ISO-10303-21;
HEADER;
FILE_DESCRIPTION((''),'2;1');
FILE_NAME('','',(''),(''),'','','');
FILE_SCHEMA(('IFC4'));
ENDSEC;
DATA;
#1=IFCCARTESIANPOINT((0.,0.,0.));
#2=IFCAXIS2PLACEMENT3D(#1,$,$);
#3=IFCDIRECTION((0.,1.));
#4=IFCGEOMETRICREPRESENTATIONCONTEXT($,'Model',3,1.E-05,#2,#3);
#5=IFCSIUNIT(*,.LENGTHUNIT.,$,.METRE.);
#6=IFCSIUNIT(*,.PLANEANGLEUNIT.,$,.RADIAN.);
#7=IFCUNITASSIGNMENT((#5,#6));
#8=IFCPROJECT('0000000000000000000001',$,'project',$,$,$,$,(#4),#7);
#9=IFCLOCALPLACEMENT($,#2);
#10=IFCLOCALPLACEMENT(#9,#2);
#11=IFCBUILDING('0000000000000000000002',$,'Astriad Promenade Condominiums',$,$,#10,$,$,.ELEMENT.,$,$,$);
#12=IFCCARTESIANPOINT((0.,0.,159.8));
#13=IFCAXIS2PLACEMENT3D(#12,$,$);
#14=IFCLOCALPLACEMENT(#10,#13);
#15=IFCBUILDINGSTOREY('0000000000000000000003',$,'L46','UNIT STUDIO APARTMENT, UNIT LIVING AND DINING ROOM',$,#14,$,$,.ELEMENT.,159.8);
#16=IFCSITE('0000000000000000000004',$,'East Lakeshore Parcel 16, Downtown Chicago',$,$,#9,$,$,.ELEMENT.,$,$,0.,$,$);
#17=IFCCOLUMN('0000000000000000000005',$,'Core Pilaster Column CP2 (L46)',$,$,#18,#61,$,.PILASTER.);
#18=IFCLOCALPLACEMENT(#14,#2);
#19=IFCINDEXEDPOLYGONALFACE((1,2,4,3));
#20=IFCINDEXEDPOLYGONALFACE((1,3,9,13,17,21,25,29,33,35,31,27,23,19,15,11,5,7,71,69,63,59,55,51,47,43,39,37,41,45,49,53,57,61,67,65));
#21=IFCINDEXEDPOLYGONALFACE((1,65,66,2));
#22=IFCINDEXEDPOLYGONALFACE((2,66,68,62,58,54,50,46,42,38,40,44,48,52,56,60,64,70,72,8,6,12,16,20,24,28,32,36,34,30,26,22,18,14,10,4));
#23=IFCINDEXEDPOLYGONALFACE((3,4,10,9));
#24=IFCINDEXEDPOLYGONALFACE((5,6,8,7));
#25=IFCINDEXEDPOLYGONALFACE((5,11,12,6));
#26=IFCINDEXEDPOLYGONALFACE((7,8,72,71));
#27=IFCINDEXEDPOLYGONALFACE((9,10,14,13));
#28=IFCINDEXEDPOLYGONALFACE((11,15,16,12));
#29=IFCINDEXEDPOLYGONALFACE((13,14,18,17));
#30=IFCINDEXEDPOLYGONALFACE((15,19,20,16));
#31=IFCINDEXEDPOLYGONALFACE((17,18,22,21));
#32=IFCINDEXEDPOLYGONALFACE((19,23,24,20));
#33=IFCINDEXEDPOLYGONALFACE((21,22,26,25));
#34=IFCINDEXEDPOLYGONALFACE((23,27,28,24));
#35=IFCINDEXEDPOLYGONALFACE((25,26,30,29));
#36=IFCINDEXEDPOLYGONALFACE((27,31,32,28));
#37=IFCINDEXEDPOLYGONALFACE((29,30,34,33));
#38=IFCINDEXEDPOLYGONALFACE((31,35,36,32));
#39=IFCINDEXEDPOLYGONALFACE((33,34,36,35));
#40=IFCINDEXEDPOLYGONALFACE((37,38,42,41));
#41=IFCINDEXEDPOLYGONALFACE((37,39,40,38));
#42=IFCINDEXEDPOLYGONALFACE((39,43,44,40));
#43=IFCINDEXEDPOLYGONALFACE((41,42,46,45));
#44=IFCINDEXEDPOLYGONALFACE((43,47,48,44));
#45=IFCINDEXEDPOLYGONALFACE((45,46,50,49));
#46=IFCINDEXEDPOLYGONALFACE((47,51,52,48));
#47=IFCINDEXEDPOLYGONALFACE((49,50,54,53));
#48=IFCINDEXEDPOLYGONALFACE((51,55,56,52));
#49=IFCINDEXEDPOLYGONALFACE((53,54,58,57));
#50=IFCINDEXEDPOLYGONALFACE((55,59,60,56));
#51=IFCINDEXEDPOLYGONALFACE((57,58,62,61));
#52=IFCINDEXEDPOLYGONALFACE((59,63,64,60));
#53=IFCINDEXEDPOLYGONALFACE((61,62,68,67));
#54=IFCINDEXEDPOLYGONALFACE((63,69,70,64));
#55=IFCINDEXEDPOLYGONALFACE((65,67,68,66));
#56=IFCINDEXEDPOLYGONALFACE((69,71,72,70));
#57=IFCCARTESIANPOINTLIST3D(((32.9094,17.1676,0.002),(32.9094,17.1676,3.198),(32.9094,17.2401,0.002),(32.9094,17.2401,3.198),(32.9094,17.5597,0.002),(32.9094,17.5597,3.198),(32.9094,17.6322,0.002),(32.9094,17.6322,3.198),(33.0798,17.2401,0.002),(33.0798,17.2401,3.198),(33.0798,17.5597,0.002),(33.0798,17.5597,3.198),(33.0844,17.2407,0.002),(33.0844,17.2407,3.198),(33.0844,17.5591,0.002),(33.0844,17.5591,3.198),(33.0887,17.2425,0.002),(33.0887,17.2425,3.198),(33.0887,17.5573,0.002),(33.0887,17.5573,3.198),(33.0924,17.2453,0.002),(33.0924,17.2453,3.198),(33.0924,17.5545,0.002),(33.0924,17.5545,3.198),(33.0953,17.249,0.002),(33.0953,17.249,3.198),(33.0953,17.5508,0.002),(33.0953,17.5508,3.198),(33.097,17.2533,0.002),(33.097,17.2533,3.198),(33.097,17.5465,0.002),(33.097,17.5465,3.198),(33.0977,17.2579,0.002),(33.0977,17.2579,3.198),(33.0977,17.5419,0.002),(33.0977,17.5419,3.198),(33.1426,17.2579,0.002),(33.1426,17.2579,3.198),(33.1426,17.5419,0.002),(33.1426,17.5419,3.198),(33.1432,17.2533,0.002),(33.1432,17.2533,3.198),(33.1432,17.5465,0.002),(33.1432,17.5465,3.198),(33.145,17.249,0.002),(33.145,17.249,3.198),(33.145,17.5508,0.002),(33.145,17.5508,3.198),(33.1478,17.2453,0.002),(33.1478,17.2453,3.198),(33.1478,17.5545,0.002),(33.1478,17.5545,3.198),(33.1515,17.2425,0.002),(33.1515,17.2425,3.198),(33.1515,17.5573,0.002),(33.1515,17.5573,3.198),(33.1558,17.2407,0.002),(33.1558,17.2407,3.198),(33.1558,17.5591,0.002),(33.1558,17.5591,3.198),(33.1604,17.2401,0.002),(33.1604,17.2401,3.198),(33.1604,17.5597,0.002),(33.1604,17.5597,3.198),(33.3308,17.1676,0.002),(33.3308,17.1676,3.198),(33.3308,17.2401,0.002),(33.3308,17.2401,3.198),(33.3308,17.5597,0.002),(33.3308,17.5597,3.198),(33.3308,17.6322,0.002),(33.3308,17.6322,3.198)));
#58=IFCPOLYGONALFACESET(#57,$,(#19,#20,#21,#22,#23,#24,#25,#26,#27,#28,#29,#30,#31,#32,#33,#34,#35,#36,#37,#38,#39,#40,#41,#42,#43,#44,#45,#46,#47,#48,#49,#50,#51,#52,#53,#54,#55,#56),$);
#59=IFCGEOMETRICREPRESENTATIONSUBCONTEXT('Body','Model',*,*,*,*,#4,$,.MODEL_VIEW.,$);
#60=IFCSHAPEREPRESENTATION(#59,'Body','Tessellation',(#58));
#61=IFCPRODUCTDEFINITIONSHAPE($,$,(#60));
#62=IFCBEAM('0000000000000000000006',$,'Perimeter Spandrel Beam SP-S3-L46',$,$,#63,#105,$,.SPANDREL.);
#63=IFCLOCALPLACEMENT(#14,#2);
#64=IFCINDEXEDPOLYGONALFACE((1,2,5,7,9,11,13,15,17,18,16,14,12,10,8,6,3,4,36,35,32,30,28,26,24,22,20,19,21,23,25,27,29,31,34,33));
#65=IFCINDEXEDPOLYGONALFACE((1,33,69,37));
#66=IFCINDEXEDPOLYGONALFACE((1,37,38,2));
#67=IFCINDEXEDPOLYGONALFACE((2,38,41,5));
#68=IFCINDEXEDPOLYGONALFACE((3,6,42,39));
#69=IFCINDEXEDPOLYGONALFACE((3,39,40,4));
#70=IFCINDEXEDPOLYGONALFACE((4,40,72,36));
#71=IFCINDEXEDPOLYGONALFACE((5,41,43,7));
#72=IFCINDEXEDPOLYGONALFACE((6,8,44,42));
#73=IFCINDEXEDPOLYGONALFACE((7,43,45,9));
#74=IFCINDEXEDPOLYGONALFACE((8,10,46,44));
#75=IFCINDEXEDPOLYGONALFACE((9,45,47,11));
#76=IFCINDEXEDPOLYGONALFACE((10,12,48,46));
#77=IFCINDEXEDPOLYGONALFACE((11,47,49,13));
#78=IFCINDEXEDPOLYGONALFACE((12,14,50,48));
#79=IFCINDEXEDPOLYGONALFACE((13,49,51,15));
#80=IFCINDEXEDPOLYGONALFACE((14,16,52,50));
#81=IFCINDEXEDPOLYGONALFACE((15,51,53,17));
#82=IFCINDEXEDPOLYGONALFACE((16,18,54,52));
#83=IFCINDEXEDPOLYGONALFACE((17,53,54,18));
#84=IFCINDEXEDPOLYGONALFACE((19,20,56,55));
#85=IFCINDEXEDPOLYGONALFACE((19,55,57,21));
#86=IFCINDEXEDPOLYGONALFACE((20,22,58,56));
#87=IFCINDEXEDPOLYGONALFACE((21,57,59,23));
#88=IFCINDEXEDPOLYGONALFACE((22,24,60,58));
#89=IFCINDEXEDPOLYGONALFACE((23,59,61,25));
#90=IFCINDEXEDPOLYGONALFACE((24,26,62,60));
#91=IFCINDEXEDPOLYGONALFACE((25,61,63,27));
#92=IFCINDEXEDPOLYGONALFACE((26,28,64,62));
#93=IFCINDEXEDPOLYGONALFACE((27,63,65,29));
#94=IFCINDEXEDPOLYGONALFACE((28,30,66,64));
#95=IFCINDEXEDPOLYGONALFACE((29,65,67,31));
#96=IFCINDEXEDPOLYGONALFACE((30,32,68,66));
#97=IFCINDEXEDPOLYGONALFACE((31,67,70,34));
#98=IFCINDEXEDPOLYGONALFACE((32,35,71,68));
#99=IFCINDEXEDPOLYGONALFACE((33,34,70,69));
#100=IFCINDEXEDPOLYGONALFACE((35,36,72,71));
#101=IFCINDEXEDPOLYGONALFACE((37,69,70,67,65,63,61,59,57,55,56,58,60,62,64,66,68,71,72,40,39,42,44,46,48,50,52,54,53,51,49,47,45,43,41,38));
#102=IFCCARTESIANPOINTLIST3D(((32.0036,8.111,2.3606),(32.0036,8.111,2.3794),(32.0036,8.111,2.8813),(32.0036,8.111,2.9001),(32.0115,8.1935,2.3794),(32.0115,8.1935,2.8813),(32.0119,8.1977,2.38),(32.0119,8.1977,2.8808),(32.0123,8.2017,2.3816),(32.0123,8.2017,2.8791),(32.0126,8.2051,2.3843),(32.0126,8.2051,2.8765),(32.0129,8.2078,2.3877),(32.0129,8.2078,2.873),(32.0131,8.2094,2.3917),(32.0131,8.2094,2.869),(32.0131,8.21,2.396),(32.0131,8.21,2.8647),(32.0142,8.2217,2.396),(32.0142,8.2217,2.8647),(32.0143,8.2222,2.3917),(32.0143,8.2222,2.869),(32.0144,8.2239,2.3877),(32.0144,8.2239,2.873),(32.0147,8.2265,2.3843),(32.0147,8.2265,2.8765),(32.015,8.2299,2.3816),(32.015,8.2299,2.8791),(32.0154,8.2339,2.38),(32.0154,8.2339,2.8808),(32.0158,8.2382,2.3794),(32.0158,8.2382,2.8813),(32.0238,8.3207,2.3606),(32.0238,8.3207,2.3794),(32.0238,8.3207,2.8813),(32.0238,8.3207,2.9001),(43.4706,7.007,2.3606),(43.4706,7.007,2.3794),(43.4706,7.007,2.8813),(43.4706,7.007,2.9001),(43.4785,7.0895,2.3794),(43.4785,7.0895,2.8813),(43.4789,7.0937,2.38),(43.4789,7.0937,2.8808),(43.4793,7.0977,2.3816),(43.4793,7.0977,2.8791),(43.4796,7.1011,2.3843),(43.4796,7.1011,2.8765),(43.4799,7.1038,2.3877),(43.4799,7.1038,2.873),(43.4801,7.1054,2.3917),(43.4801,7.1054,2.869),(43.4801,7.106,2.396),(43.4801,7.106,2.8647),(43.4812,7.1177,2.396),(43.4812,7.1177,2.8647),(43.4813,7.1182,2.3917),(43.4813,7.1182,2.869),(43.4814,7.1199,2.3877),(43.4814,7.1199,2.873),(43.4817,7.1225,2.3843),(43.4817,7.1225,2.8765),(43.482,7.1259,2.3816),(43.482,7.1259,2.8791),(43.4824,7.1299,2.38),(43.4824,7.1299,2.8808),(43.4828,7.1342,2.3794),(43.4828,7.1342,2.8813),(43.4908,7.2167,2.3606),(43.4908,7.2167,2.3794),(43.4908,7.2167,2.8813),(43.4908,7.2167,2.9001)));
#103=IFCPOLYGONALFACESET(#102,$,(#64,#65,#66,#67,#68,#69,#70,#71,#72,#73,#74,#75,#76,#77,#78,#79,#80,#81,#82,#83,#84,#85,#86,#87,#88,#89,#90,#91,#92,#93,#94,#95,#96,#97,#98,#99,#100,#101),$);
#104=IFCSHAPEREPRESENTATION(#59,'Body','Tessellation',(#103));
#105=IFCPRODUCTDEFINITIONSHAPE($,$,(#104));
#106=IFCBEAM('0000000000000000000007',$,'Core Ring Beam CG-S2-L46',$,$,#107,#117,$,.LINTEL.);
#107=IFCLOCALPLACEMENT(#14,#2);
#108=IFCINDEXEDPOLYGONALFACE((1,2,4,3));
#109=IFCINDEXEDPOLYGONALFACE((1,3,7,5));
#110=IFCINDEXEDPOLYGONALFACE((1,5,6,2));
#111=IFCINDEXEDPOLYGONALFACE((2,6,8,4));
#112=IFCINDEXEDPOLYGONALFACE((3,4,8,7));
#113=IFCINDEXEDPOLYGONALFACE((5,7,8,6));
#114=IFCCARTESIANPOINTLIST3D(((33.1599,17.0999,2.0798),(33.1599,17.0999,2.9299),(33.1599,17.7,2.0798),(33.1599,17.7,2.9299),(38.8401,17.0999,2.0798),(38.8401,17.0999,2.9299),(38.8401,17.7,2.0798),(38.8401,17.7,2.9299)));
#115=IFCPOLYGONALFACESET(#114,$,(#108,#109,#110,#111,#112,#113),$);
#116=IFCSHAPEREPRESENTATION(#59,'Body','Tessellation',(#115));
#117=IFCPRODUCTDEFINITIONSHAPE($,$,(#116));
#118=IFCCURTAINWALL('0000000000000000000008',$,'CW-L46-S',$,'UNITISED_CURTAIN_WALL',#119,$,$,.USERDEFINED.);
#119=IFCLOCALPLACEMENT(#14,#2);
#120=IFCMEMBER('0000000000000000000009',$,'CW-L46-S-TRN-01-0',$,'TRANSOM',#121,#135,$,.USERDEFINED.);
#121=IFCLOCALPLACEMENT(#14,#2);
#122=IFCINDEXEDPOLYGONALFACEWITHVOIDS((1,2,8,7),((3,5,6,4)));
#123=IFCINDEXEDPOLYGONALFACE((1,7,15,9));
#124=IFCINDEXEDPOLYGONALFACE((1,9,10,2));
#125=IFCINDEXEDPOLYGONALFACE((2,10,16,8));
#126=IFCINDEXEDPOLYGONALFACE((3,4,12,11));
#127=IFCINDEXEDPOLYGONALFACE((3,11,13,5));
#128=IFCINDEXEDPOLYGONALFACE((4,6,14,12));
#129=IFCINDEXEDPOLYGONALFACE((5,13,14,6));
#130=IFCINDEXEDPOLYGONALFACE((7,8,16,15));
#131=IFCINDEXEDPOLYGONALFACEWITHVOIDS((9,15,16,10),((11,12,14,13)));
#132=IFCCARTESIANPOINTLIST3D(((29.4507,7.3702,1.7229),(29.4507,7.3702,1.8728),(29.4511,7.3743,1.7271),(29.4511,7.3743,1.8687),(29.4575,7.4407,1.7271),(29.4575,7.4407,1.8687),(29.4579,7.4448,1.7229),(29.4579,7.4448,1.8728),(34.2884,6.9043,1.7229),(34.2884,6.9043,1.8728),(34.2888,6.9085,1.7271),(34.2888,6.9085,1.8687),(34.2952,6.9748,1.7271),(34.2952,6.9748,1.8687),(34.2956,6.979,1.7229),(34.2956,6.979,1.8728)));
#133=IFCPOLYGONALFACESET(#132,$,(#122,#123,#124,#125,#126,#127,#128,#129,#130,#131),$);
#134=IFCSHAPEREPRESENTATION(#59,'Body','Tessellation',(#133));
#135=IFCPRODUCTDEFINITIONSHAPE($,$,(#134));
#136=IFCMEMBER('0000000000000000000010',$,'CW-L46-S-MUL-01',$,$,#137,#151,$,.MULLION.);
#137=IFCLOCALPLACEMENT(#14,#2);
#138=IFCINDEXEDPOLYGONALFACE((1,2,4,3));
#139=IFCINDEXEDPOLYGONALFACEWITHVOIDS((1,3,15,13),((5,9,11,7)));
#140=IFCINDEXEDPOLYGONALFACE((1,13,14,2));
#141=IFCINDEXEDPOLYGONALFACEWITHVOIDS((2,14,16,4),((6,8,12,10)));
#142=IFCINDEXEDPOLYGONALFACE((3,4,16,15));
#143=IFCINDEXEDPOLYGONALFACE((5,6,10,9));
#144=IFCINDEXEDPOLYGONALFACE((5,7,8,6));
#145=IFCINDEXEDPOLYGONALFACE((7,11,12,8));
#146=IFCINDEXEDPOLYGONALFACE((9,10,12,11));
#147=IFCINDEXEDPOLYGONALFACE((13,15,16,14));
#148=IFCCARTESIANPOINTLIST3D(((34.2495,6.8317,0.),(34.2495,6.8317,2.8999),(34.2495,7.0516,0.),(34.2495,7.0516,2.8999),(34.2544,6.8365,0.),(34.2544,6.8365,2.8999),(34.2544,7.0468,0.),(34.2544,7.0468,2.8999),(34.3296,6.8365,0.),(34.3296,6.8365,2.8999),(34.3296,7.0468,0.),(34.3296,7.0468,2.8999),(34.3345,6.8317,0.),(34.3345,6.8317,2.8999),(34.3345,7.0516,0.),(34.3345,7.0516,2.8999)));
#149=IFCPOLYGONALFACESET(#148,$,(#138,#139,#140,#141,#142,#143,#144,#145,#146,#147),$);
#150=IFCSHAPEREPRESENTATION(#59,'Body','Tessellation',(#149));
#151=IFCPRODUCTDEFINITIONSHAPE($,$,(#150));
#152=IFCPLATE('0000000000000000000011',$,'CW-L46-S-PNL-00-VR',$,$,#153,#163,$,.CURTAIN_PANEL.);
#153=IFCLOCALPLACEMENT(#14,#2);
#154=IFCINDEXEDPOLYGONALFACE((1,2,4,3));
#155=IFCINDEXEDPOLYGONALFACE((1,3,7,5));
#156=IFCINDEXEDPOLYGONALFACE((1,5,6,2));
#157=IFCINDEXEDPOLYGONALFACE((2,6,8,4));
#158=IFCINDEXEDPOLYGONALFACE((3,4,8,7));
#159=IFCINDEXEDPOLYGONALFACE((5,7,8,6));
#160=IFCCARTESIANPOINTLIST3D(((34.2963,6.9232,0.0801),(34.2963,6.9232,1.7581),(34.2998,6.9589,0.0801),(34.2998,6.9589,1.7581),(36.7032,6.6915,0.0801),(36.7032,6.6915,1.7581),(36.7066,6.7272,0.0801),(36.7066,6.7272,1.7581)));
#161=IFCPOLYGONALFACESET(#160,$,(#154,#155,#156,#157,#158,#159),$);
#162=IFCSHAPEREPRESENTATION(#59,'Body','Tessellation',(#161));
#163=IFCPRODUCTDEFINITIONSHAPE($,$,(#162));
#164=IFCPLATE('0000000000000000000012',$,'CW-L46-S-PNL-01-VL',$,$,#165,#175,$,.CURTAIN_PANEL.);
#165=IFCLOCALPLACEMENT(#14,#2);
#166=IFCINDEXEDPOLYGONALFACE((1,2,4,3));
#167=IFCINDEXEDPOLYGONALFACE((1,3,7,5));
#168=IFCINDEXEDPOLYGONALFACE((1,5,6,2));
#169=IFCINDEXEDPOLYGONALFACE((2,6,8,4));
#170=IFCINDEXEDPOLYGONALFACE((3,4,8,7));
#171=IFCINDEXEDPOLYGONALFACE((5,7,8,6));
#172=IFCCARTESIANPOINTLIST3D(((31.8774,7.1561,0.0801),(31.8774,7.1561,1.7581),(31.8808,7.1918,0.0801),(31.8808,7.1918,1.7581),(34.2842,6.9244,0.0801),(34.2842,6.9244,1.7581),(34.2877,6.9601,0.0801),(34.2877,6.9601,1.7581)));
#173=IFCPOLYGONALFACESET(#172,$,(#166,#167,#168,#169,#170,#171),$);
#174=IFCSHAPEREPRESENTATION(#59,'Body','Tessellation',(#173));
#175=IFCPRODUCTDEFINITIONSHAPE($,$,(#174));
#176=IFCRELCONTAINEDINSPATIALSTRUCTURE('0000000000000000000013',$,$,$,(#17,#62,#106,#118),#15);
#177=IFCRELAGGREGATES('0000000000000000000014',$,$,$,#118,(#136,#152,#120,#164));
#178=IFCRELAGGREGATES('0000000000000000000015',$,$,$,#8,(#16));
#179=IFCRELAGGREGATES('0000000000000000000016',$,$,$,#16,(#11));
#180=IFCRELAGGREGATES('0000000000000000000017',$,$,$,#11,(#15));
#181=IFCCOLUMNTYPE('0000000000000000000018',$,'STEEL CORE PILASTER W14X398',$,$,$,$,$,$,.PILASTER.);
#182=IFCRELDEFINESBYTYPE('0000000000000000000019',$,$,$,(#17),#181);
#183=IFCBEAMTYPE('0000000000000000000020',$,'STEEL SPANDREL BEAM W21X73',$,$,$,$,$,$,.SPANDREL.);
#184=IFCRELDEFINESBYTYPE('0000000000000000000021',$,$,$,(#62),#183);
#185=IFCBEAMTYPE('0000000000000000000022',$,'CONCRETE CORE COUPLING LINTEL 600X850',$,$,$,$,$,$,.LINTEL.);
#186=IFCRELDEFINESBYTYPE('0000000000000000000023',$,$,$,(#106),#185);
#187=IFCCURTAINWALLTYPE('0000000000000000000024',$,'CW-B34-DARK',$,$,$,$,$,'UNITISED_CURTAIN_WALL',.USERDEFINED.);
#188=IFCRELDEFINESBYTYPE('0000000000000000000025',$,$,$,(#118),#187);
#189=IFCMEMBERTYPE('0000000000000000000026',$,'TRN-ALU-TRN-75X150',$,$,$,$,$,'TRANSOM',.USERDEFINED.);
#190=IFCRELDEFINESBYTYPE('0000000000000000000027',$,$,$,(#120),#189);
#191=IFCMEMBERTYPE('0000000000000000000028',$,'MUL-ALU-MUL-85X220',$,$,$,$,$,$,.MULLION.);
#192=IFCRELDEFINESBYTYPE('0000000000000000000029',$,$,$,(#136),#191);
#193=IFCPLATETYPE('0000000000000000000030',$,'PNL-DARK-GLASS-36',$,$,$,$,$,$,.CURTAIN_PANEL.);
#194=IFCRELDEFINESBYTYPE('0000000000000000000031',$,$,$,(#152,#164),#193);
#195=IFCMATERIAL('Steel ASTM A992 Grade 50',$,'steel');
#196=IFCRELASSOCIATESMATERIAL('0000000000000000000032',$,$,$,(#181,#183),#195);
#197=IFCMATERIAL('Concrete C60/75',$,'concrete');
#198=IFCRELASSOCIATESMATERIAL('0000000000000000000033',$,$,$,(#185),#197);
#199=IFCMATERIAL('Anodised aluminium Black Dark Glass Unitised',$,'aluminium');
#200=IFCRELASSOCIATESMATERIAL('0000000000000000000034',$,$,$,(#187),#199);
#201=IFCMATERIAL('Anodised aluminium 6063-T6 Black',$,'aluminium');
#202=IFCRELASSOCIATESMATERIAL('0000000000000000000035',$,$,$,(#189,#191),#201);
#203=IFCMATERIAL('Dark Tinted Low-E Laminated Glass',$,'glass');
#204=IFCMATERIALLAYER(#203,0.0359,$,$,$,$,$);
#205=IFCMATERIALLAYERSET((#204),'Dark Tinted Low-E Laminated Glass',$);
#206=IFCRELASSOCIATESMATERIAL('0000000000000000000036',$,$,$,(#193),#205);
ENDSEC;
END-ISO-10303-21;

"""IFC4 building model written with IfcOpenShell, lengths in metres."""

from ifc_helpers import new_model, si_unit, direction, frame, origin, origin_2d, place, context, subcontext, project, spatial, rectangle, hollow_rectangle, i_section, extrude, source, transform, mapped, material, layer, layer_set, material_profile, profile_set, type_object, type_shapes, element, aggregate, save


model = new_model("IFC4")

# Units and contexts
model_context = context("Model", 3, precision=1e-05, world=origin(), true_north=direction((0.0, 1.0)))
body_context = subcontext(model_context, "Body", "Model", "MODEL_VIEW")
ifc_project = project(units=[si_unit("LENGTHUNIT", "METRE"), si_unit("PLANEANGLEUNIT", "RADIAN")], contexts=[model_context])

# Site, building, storey
site_placement = place(None, origin())
site = spatial("IfcSite", under=ifc_project, at=site_placement, Name="East Lakeshore Parcel 16, Downtown Chicago", CompositionType="ELEMENT", RefElevation=0.0)
building_placement = place(site_placement, origin())
building = spatial("IfcBuilding", under=site, at=building_placement, Name="Astriad Promenade Condominiums", CompositionType="ELEMENT")
storey_placement = place(building_placement, frame((0.0, 0.0, 159.8)))
storey = spatial("IfcBuildingStorey", under=building, at=storey_placement, Name="L46", Description="UNIT STUDIO APARTMENT, UNIT LIVING AND DINING ROOM", CompositionType="ELEMENT", Elevation=159.8)

# Column
ifc_material_1 = material(Name="Steel ASTM A992 Grade 50", Category="steel")
ifc_material_profile_1 = material_profile(ifc_material_1, i_section(OverallWidth=0.4214, OverallDepth=0.4646, WebThickness=0.0449, FlangeThickness=0.0725, FilletRadius=0.0178, at=origin_2d()), Name="W14X398")
ifc_profile_set_1 = profile_set([ifc_material_profile_1], Name="Steel ASTM A992 Grade 50")
column_type = type_object("IfcColumnType", Name="STEEL CORE PILASTER W14X398", PredefinedType="PILASTER", material=ifc_profile_set_1)
shared_shape_1 = source(origin(), body_context, "Body", "SweptSolid", [
    extrude(i_section(OverallWidth=0.4214, OverallDepth=0.4646, WebThickness=0.0449, FlangeThickness=0.0725, FilletRadius=0.0178, at=origin_2d()), origin(), (0.0, 0.0, 1.0), 3.196),
])
type_shapes(column_type, [shared_shape_1])
column_placement = place(storey_placement, frame((33.1201, 17.3999, 0.002), z_axis=(0.0, 0.0, 1.0), x_axis=(1.0, 0.0, 0.0)))
element("IfcColumn", 1, at=column_placement, inside=storey, type_object=column_type, Name="Core Pilaster Column CP2 (L46)", PredefinedType="PILASTER", context=body_context, shape_type="MappedRepresentation", body=[
    mapped(shared_shape_1, transform((0.0, 0.0, 0.0), scale=1.0)),
])

# Beams
ifc_material_profile_2 = material_profile(ifc_material_1, i_section(OverallWidth=0.2107, OverallDepth=0.5396, WebThickness=0.0117, FlangeThickness=0.0188, FilletRadius=0.0166, at=origin_2d()), Name="W21X73")
ifc_profile_set_2 = profile_set([ifc_material_profile_2], Name="Steel ASTM A992 Grade 50")
beam_type_1 = type_object("IfcBeamType", Name="STEEL SPANDREL BEAM W21X73", PredefinedType="SPANDREL", material=ifc_profile_set_2)
shared_shape_2 = source(origin(), body_context, "Body", "SweptSolid", [
    extrude(i_section(OverallWidth=0.2107, OverallDepth=0.5396, WebThickness=0.0117, FlangeThickness=0.0188, FilletRadius=0.0166, at=origin_2d()), origin(), (0.0, 0.0, 1.0), 11.52),
])
type_shapes(beam_type_1, [shared_shape_2])
beam_1_placement = place(storey_placement, frame((32.0137, 8.2158, 2.6304), z_axis=(0.995397, -0.095833, 0.0), x_axis=(0.095833, 0.995397, 0.0)))
element("IfcBeam", 2, at=beam_1_placement, inside=storey, type_object=beam_type_1, Name="Perimeter Spandrel Beam SP-S3-L46", PredefinedType="SPANDREL", context=body_context, shape_type="MappedRepresentation", body=[
    mapped(shared_shape_2, transform((0.0, 0.0, 0.0), scale=1.0)),
])
ifc_material_2 = material(Name="Concrete C60/75", Category="concrete")
ifc_material_profile_3 = material_profile(ifc_material_2, rectangle(XDim=0.6001, YDim=0.8501, at=origin_2d()), Name="RC-BM-600X850")
ifc_profile_set_3 = profile_set([ifc_material_profile_3], Name="Concrete C60/75")
beam_type_2 = type_object("IfcBeamType", Name="CONCRETE CORE COUPLING LINTEL 600X850", PredefinedType="LINTEL", material=ifc_profile_set_3)
shared_shape_3 = source(origin(), body_context, "Body", "SweptSolid", [
    extrude(rectangle(XDim=0.6001, YDim=0.8501, at=origin_2d()), origin(), (0.0, 0.0, 1.0), 5.6802),
])
type_shapes(beam_type_2, [shared_shape_3])
beam_2_placement = place(storey_placement, frame((33.1599, 17.3999, 2.5049), z_axis=(1.0, 0.0, 0.0), x_axis=(0.0, 1.0, 0.0)))
element("IfcBeam", 3, at=beam_2_placement, inside=storey, type_object=beam_type_2, Name="Core Ring Beam CG-S2-L46", PredefinedType="LINTEL", context=body_context, shape_type="MappedRepresentation", body=[
    mapped(shared_shape_3, transform((0.0, 0.0, 0.0), scale=1.0)),
])

# Curtain wall, members, plates
ifc_material_3 = material(Name="Anodised aluminium Black Dark Glass Unitised", Category="aluminium")
curtain_wall_type = type_object("IfcCurtainWallType", Name="CW-B34-DARK", ElementType="UNITISED_CURTAIN_WALL", PredefinedType="USERDEFINED", material=ifc_material_3)
curtain_wall_placement = place(storey_placement, origin())
curtain_wall = element("IfcCurtainWall", 4, at=curtain_wall_placement, inside=storey, type_object=curtain_wall_type, Name="CW-L46-S", ObjectType="UNITISED_CURTAIN_WALL", PredefinedType="USERDEFINED")
ifc_material_4 = material(Name="Anodised aluminium 6063-T6 Black", Category="aluminium")
ifc_material_profile_4 = material_profile(ifc_material_4, hollow_rectangle(XDim=0.075, YDim=0.1499, WallThickness=0.0042, at=origin_2d()), Name="ALU-TRN-75X150")
ifc_profile_set_4 = profile_set([ifc_material_profile_4], Name="Anodised aluminium 6063-T6 Black")
member_type_1 = type_object("IfcMemberType", Name="TRN-ALU-TRN-75X150", ElementType="TRANSOM", PredefinedType="USERDEFINED", material=ifc_profile_set_4)
shared_shape_4 = source(origin(), body_context, "Body", "SweptSolid", [
    extrude(hollow_rectangle(XDim=0.075, YDim=0.1499, WallThickness=0.0042, at=origin_2d()), origin(), (0.0, 0.0, 1.0), 4.8601),
])
type_shapes(member_type_1, [shared_shape_4])
member_1_placement = place(storey_placement, frame((34.292, 6.9417, 1.7979), z_axis=(-0.995396, 0.095847, 0.0), x_axis=(-0.095847, -0.995396, 0.0)))
member_1 = element("IfcMember", 5, at=member_1_placement, type_object=member_type_1, Name="CW-L46-S-TRN-01-0", ObjectType="TRANSOM", PredefinedType="USERDEFINED", context=body_context, shape_type="MappedRepresentation", body=[
    mapped(shared_shape_4, transform((0.0, 0.0, 0.0), scale=1.0)),
])
ifc_material_profile_5 = material_profile(ifc_material_4, hollow_rectangle(XDim=0.085, YDim=0.22, WallThickness=0.0049, at=origin_2d()), Name="ALU-MUL-85X220")
ifc_profile_set_5 = profile_set([ifc_material_profile_5], Name="Anodised aluminium 6063-T6 Black")
member_type_2 = type_object("IfcMemberType", Name="MUL-ALU-MUL-85X220", PredefinedType="MULLION", material=ifc_profile_set_5)
shared_shape_5 = source(origin(), body_context, "Body", "SweptSolid", [
    extrude(hollow_rectangle(XDim=0.085, YDim=0.22, WallThickness=0.0049, at=origin_2d()), origin(), (0.0, 0.0, 1.0), 2.8999),
])
type_shapes(member_type_2, [shared_shape_5])
member_2_placement = place(storey_placement, frame((34.292, 6.9417, 0.0), z_axis=(0.0, 0.0, 1.0), x_axis=(1.0, 0.0, 0.0)))
member_2 = element("IfcMember", 6, at=member_2_placement, type_object=member_type_2, Name="CW-L46-S-MUL-01", PredefinedType="MULLION", context=body_context, shape_type="MappedRepresentation", body=[
    mapped(shared_shape_5, transform((0.0, 0.0, 0.0), scale=1.0)),
])
ifc_material_5 = material(Name="Dark Tinted Low-E Laminated Glass", Category="glass")
ifc_layer_1 = layer(ifc_material_5, 0.0359)
ifc_layer_set_1 = layer_set([ifc_layer_1], Name="Dark Tinted Low-E Laminated Glass")
plate_type = type_object("IfcPlateType", Name="PNL-DARK-GLASS-36", PredefinedType="CURTAIN_PANEL", material=ifc_layer_set_1)
shared_shape_6 = source(origin(), body_context, "Body", "SweptSolid", [
    extrude(rectangle(XDim=2.418, YDim=0.0359, at=origin_2d()), origin(), (0.0, 0.0, 1.0), 1.678),
])
plate_1_placement = place(storey_placement, frame((35.5015, 6.8252, 0.0801), z_axis=(0.0, 0.0, 1.0), x_axis=(-0.995396, 0.095846, 0.0)))
plate_1 = element("IfcPlate", 7, at=plate_1_placement, type_object=plate_type, Name="CW-L46-S-PNL-00-VR", PredefinedType="CURTAIN_PANEL", context=body_context, shape_type="MappedRepresentation", body=[
    mapped(shared_shape_6, transform((0.0, 0.0, 0.0), scale=1.0)),
])
plate_2_placement = place(storey_placement, frame((33.0825, 7.0581, 0.0801), z_axis=(0.0, 0.0, 1.0), x_axis=(-0.995396, 0.095846, 0.0)))
plate_2 = element("IfcPlate", 8, at=plate_2_placement, type_object=plate_type, Name="CW-L46-S-PNL-01-VL", PredefinedType="CURTAIN_PANEL", context=body_context, shape_type="MappedRepresentation", body=[
    mapped(shared_shape_6, transform((0.0, 0.0, 0.0), scale=1.0)),
])
aggregate(curtain_wall, [member_2, plate_1, member_1, plate_2])

save(model, "model.ifc")
